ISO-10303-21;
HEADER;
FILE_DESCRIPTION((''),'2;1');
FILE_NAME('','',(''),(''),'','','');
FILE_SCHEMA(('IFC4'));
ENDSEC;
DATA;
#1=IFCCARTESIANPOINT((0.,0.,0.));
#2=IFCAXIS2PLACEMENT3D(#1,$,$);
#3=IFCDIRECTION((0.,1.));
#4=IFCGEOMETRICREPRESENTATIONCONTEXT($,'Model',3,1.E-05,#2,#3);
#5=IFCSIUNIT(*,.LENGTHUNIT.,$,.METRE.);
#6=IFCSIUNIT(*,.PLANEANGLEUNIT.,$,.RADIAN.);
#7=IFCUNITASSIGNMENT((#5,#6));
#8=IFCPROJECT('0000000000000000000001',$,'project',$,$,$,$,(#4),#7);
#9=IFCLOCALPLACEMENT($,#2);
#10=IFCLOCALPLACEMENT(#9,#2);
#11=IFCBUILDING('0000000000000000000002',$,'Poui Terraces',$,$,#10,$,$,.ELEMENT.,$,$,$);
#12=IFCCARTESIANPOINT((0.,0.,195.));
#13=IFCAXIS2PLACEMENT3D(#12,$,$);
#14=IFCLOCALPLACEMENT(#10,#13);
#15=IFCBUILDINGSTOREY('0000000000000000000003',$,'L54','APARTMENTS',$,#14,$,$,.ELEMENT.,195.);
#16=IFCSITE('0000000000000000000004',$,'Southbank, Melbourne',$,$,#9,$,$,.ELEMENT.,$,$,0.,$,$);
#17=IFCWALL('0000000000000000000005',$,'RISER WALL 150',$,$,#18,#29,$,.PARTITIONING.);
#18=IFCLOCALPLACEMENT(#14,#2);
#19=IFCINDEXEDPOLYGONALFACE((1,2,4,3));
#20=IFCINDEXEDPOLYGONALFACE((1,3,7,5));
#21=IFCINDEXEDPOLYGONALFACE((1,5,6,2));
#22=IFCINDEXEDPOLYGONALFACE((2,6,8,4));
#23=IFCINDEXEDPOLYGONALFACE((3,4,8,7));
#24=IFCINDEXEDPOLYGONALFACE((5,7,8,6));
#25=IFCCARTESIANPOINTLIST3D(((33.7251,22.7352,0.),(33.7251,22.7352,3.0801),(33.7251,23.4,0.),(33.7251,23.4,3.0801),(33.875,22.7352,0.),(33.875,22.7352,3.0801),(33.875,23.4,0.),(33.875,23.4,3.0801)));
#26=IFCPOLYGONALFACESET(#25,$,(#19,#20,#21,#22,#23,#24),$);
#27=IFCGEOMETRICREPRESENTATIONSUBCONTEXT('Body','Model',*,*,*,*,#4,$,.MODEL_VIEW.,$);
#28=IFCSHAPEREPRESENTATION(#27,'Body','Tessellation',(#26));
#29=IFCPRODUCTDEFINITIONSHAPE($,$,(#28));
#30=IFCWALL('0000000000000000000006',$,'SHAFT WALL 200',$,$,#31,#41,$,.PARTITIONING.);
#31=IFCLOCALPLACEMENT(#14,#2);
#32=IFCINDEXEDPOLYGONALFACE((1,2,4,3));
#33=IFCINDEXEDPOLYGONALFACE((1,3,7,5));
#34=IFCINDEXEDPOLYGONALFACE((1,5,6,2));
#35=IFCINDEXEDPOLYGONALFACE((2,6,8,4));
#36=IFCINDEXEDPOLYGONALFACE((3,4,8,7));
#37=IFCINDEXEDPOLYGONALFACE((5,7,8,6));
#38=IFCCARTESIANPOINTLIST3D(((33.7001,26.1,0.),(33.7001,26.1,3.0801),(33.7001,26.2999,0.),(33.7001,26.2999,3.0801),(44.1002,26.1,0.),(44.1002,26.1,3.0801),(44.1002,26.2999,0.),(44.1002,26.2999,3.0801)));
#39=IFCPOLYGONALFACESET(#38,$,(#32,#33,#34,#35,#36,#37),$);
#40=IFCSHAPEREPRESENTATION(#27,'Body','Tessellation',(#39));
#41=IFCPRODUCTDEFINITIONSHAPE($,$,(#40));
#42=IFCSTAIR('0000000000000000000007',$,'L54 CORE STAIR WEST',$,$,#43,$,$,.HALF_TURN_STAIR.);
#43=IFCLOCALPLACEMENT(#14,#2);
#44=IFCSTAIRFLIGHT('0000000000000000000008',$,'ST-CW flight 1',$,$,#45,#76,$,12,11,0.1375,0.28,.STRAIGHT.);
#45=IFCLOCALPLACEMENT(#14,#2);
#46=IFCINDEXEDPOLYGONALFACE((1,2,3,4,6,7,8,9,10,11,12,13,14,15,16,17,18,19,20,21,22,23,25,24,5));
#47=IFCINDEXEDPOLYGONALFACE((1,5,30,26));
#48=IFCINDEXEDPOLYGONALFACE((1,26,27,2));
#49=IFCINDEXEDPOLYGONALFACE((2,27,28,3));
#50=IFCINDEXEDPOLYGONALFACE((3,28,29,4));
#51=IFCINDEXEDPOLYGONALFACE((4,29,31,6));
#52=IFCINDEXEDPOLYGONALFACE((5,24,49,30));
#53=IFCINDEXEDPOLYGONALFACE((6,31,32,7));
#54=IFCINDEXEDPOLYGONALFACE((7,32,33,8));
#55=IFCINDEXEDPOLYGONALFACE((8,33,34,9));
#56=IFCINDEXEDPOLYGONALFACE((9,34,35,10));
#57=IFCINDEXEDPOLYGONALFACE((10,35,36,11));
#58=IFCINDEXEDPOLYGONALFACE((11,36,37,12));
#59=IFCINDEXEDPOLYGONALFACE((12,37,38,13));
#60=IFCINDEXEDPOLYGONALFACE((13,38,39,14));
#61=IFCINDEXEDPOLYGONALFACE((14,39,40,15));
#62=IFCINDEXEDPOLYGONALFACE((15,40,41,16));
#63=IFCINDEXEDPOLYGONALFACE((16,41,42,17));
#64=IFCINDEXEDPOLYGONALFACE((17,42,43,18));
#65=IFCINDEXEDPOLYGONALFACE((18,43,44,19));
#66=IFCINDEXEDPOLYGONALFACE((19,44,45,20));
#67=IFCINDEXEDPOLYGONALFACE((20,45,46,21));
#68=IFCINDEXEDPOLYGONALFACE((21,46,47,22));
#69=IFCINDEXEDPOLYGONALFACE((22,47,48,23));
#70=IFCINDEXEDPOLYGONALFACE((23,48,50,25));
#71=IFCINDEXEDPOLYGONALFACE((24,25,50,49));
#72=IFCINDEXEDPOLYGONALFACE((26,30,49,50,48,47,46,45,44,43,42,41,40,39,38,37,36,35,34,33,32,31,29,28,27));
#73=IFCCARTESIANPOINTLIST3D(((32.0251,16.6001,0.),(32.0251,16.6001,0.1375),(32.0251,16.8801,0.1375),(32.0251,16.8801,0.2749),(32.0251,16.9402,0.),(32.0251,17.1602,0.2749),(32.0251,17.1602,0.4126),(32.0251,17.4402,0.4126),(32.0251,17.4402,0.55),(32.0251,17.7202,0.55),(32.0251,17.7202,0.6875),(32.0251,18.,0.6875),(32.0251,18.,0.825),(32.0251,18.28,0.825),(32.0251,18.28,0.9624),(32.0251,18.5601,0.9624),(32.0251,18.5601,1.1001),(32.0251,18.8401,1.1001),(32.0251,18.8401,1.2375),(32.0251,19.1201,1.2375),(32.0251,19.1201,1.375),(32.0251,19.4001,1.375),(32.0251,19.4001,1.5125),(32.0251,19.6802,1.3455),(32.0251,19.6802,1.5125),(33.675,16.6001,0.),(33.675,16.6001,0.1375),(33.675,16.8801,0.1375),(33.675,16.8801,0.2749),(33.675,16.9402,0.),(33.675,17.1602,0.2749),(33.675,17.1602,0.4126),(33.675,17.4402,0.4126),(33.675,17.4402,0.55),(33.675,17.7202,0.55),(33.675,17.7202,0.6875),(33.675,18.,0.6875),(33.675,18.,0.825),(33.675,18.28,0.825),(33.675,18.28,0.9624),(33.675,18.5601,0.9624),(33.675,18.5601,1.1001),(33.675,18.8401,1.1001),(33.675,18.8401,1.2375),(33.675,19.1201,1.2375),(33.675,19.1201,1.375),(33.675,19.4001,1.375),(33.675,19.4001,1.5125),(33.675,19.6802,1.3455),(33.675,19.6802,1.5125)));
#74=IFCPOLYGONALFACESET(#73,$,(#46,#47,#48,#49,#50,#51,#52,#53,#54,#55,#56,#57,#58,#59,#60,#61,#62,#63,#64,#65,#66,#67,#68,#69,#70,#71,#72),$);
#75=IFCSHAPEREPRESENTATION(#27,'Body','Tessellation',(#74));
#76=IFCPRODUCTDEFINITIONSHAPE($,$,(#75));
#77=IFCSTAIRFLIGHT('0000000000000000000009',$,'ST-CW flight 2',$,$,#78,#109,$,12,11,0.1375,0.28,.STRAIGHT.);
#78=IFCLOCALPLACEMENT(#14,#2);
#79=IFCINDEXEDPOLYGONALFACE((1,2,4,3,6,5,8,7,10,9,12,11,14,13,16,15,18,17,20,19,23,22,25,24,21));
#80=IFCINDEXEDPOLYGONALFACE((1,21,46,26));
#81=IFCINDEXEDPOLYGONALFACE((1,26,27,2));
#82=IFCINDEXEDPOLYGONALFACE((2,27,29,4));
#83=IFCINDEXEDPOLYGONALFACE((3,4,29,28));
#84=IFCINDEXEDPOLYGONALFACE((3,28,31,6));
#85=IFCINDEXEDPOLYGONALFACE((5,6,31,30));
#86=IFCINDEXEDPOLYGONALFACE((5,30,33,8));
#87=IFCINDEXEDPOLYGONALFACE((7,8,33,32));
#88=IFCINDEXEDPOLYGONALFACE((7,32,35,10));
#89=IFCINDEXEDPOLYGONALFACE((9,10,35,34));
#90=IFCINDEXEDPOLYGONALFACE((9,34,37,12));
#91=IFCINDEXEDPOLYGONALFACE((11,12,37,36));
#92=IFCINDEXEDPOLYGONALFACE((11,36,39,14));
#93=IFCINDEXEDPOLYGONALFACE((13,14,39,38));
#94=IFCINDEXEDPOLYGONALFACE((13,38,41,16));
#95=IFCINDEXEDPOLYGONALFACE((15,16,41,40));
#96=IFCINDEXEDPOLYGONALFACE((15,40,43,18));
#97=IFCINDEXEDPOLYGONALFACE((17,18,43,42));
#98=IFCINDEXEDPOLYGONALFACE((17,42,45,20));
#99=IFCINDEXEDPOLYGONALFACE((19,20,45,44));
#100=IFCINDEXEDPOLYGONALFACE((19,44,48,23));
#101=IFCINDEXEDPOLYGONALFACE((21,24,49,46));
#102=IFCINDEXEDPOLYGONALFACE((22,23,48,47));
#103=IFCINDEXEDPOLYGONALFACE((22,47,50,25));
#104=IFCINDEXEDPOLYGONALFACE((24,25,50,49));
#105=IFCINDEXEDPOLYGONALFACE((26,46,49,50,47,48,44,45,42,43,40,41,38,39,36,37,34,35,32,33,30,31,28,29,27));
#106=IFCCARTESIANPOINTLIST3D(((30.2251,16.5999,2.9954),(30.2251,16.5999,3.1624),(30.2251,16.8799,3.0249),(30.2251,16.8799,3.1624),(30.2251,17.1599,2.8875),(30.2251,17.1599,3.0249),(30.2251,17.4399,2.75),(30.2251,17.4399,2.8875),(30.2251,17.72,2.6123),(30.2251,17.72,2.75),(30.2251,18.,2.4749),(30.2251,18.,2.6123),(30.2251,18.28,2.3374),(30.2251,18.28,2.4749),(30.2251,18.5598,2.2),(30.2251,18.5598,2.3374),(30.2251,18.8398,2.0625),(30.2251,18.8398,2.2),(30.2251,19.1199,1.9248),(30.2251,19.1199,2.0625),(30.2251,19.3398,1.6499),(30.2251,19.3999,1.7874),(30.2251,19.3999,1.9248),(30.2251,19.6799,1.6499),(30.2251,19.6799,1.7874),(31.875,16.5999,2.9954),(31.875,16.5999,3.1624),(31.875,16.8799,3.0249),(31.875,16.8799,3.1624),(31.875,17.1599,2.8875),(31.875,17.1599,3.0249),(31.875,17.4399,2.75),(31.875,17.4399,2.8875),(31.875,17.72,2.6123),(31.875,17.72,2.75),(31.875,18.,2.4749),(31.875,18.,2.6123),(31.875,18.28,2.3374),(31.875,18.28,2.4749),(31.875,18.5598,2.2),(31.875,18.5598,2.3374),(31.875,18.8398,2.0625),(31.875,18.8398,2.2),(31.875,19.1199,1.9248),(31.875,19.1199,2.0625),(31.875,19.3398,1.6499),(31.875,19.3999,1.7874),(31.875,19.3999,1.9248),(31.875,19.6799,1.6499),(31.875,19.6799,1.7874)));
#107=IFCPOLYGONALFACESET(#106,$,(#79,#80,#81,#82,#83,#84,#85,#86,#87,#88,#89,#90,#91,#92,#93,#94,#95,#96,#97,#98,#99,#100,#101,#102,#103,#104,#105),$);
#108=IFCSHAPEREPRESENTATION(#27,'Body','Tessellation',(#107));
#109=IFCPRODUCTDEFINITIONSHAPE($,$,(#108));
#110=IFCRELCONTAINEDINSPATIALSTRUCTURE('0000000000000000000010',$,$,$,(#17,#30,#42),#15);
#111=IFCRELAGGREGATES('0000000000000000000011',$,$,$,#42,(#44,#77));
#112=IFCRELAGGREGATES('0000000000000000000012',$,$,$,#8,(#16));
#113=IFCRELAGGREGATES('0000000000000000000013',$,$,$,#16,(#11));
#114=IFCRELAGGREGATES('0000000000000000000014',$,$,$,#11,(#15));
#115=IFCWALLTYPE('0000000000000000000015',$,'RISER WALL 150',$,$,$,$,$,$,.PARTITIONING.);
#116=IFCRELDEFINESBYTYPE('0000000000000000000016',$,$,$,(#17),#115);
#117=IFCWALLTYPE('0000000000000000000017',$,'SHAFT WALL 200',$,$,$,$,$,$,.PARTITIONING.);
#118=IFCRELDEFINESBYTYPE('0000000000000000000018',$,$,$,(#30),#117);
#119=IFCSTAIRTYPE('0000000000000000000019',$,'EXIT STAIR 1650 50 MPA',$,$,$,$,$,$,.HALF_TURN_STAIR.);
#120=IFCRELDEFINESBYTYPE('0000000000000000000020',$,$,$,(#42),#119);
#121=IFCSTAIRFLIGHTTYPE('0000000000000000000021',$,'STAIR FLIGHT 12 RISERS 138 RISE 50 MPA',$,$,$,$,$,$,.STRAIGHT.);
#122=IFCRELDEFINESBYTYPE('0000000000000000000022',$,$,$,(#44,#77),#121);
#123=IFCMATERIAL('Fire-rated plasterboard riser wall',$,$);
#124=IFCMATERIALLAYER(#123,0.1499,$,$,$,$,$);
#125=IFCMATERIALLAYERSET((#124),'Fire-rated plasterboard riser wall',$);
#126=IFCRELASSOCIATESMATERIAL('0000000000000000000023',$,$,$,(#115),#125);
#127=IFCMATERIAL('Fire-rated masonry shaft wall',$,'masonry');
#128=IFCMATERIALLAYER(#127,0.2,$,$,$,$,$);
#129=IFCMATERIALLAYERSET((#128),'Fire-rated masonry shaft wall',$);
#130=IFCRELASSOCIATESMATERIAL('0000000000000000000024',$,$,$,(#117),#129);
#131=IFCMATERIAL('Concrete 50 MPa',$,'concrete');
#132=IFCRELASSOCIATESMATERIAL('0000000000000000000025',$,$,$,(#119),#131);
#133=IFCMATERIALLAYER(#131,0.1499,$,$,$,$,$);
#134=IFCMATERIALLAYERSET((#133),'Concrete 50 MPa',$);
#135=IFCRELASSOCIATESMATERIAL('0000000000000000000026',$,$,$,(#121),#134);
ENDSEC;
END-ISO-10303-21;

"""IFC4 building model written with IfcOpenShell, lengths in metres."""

from ifc_helpers import new_model, si_unit, direction, frame, frame_2d, origin, place, context, subcontext, project, spatial, polyline, rectangle, outline, extrude, material, layer, layer_set, type_object, element, aggregate, save


model = new_model("IFC4")

# Units and contexts
model_context = context("Model", 3, precision=1e-05, world=origin(), true_north=direction((0.0, 1.0)))
body_context = subcontext(model_context, "Body", "Model", "MODEL_VIEW")
ifc_project = project(units=[si_unit("LENGTHUNIT", "METRE"), si_unit("PLANEANGLEUNIT", "RADIAN")], contexts=[model_context])

# Site, building, storey
site_placement = place(None, origin())
site = spatial("IfcSite", under=ifc_project, at=site_placement, Name="Southbank, Melbourne", CompositionType="ELEMENT", RefElevation=0.0)
building_placement = place(site_placement, origin())
building = spatial("IfcBuilding", under=site, at=building_placement, Name="Poui Terraces", CompositionType="ELEMENT")
storey_placement = place(building_placement, frame((0.0, 0.0, 195.0)))
storey = spatial("IfcBuildingStorey", under=building, at=storey_placement, Name="L54", Description="APARTMENTS", CompositionType="ELEMENT", Elevation=195.0)

# Walls
ifc_material_1 = material(Name="Fire-rated plasterboard riser wall")
ifc_layer_1 = layer(ifc_material_1, 0.1499)
ifc_layer_set_1 = layer_set([ifc_layer_1], Name="Fire-rated plasterboard riser wall")
wall_type_1 = type_object("IfcWallType", Name="RISER WALL 150", PredefinedType="PARTITIONING", material=ifc_layer_set_1)
wall_1_placement = place(storey_placement, frame((33.8, 22.7351, 0.0), z_axis=(0.0, 0.0, 1.0), x_axis=(0.0, 1.0, 0.0)))
element("IfcWall", 1, at=wall_1_placement, inside=storey, type_object=wall_type_1, Name="RISER WALL 150", PredefinedType="PARTITIONING", context=body_context, shape_type="SweptSolid", body=[
    extrude(rectangle(XDim=0.6648, YDim=0.1499, at=frame_2d((0.3325, 0.0))), origin(), (0.0, 0.0, 1.0), 3.0801),
])
ifc_material_2 = material(Name="Fire-rated masonry shaft wall", Category="masonry")
ifc_layer_2 = layer(ifc_material_2, 0.2)
ifc_layer_set_2 = layer_set([ifc_layer_2], Name="Fire-rated masonry shaft wall")
wall_type_2 = type_object("IfcWallType", Name="SHAFT WALL 200", PredefinedType="PARTITIONING", material=ifc_layer_set_2)
wall_2_placement = place(storey_placement, frame((33.7, 26.2, 0.0), z_axis=(0.0, 0.0, 1.0), x_axis=(1.0, 0.0, 0.0)))
element("IfcWall", 2, at=wall_2_placement, inside=storey, type_object=wall_type_2, Name="SHAFT WALL 200", PredefinedType="PARTITIONING", context=body_context, shape_type="SweptSolid", body=[
    extrude(rectangle(XDim=10.4001, YDim=0.2, at=frame_2d((5.2002, 0.0))), origin(), (0.0, 0.0, 1.0), 3.0801),
])

# Stair, stair flights
ifc_material_3 = material(Name="Concrete 50 MPa", Category="concrete")
stair_type = type_object("IfcStairType", Name="EXIT STAIR 1650 50 MPA", PredefinedType="HALF_TURN_STAIR", material=ifc_material_3)
stair_placement = place(storey_placement, origin())
stair = element("IfcStair", 3, at=stair_placement, inside=storey, type_object=stair_type, Name="L54 CORE STAIR WEST", PredefinedType="HALF_TURN_STAIR")
ifc_layer_3 = layer(ifc_material_3, 0.1499)
ifc_layer_set_3 = layer_set([ifc_layer_3], Name="Concrete 50 MPa")
stair_flight_type = type_object("IfcStairFlightType", Name="STAIR FLIGHT 12 RISERS 138 RISE 50 MPA", PredefinedType="STRAIGHT", material=ifc_layer_set_3)
stair_flight_1_placement = place(storey_placement, frame((32.8501, 16.6001, 0.0), z_axis=(0.0, 0.0, 1.0), x_axis=(0.0, 1.0, 0.0)))
stair_flight_1 = element("IfcStairFlight", 4, at=stair_flight_1_placement, type_object=stair_flight_type, Name="ST-CW flight 1", NumberOfRisers=12, NumberOfTreads=11, PredefinedType="STRAIGHT", RiserHeight=0.1375, TreadLength=0.28, context=body_context, shape_type="SweptSolid", body=[
    extrude(outline(polyline([(0.0, 0.0), (0.0, 0.1375), (0.28, 0.1375), (0.28, 0.2749), (0.5601, 0.2749), (0.5601, 0.4126), (0.8401, 0.4126), (0.8401, 0.55), (1.1201, 0.55), (1.1201, 0.6875), (1.3999, 0.6875), (1.3999, 0.825), (1.6799, 0.825), (1.6799, 0.9624), (1.96, 0.9624), (1.96, 1.1001), (2.24, 1.1001), (2.24, 1.2375), (2.52, 1.2375), (2.52, 1.375), (2.8, 1.375), (2.8, 1.5125), (3.0801, 1.5125), (3.0801, 1.6499), (3.0801, 1.3455), (0.3401, 0.0), (0.0, 0.0)])), frame((0.0, 0.825, 0.0), z_axis=(0.0, -1.0, 0.0), x_axis=(1.0, 0.0, 0.0)), (0.0, 0.0, 1.0), 1.6499),
])
stair_flight_2_placement = place(storey_placement, frame((31.05, 19.6799, 1.6499), z_axis=(0.0, 0.0, 1.0), x_axis=(0.0, -1.0, 0.0)))
stair_flight_2 = element("IfcStairFlight", 5, at=stair_flight_2_placement, type_object=stair_flight_type, Name="ST-CW flight 2", NumberOfRisers=12, NumberOfTreads=11, PredefinedType="STRAIGHT", RiserHeight=0.1375, TreadLength=0.28, context=body_context, shape_type="SweptSolid", body=[
    extrude(outline(polyline([(0.0, 0.0), (0.0, 0.1375), (0.28, 0.1375), (0.28, 0.2749), (0.5601, 0.2749), (0.5601, 0.4126), (0.8401, 0.4126), (0.8401, 0.55), (1.1201, 0.55), (1.1201, 0.6875), (1.3999, 0.6875), (1.3999, 0.825), (1.6799, 0.825), (1.6799, 0.9624), (1.96, 0.9624), (1.96, 1.1001), (2.24, 1.1001), (2.24, 1.2375), (2.52, 1.2375), (2.52, 1.375), (2.8, 1.375), (2.8, 1.5125), (3.0801, 1.5125), (3.0801, 1.6499), (3.0801, 1.3455), (0.3401, 0.0), (0.0, 0.0)])), frame((0.0, 0.825, 0.0), z_axis=(0.0, -1.0, 0.0), x_axis=(1.0, 0.0, 0.0)), (0.0, 0.0, 1.0), 1.6499),
])
aggregate(stair, [stair_flight_1, stair_flight_2])

save(model, "model.ifc")
